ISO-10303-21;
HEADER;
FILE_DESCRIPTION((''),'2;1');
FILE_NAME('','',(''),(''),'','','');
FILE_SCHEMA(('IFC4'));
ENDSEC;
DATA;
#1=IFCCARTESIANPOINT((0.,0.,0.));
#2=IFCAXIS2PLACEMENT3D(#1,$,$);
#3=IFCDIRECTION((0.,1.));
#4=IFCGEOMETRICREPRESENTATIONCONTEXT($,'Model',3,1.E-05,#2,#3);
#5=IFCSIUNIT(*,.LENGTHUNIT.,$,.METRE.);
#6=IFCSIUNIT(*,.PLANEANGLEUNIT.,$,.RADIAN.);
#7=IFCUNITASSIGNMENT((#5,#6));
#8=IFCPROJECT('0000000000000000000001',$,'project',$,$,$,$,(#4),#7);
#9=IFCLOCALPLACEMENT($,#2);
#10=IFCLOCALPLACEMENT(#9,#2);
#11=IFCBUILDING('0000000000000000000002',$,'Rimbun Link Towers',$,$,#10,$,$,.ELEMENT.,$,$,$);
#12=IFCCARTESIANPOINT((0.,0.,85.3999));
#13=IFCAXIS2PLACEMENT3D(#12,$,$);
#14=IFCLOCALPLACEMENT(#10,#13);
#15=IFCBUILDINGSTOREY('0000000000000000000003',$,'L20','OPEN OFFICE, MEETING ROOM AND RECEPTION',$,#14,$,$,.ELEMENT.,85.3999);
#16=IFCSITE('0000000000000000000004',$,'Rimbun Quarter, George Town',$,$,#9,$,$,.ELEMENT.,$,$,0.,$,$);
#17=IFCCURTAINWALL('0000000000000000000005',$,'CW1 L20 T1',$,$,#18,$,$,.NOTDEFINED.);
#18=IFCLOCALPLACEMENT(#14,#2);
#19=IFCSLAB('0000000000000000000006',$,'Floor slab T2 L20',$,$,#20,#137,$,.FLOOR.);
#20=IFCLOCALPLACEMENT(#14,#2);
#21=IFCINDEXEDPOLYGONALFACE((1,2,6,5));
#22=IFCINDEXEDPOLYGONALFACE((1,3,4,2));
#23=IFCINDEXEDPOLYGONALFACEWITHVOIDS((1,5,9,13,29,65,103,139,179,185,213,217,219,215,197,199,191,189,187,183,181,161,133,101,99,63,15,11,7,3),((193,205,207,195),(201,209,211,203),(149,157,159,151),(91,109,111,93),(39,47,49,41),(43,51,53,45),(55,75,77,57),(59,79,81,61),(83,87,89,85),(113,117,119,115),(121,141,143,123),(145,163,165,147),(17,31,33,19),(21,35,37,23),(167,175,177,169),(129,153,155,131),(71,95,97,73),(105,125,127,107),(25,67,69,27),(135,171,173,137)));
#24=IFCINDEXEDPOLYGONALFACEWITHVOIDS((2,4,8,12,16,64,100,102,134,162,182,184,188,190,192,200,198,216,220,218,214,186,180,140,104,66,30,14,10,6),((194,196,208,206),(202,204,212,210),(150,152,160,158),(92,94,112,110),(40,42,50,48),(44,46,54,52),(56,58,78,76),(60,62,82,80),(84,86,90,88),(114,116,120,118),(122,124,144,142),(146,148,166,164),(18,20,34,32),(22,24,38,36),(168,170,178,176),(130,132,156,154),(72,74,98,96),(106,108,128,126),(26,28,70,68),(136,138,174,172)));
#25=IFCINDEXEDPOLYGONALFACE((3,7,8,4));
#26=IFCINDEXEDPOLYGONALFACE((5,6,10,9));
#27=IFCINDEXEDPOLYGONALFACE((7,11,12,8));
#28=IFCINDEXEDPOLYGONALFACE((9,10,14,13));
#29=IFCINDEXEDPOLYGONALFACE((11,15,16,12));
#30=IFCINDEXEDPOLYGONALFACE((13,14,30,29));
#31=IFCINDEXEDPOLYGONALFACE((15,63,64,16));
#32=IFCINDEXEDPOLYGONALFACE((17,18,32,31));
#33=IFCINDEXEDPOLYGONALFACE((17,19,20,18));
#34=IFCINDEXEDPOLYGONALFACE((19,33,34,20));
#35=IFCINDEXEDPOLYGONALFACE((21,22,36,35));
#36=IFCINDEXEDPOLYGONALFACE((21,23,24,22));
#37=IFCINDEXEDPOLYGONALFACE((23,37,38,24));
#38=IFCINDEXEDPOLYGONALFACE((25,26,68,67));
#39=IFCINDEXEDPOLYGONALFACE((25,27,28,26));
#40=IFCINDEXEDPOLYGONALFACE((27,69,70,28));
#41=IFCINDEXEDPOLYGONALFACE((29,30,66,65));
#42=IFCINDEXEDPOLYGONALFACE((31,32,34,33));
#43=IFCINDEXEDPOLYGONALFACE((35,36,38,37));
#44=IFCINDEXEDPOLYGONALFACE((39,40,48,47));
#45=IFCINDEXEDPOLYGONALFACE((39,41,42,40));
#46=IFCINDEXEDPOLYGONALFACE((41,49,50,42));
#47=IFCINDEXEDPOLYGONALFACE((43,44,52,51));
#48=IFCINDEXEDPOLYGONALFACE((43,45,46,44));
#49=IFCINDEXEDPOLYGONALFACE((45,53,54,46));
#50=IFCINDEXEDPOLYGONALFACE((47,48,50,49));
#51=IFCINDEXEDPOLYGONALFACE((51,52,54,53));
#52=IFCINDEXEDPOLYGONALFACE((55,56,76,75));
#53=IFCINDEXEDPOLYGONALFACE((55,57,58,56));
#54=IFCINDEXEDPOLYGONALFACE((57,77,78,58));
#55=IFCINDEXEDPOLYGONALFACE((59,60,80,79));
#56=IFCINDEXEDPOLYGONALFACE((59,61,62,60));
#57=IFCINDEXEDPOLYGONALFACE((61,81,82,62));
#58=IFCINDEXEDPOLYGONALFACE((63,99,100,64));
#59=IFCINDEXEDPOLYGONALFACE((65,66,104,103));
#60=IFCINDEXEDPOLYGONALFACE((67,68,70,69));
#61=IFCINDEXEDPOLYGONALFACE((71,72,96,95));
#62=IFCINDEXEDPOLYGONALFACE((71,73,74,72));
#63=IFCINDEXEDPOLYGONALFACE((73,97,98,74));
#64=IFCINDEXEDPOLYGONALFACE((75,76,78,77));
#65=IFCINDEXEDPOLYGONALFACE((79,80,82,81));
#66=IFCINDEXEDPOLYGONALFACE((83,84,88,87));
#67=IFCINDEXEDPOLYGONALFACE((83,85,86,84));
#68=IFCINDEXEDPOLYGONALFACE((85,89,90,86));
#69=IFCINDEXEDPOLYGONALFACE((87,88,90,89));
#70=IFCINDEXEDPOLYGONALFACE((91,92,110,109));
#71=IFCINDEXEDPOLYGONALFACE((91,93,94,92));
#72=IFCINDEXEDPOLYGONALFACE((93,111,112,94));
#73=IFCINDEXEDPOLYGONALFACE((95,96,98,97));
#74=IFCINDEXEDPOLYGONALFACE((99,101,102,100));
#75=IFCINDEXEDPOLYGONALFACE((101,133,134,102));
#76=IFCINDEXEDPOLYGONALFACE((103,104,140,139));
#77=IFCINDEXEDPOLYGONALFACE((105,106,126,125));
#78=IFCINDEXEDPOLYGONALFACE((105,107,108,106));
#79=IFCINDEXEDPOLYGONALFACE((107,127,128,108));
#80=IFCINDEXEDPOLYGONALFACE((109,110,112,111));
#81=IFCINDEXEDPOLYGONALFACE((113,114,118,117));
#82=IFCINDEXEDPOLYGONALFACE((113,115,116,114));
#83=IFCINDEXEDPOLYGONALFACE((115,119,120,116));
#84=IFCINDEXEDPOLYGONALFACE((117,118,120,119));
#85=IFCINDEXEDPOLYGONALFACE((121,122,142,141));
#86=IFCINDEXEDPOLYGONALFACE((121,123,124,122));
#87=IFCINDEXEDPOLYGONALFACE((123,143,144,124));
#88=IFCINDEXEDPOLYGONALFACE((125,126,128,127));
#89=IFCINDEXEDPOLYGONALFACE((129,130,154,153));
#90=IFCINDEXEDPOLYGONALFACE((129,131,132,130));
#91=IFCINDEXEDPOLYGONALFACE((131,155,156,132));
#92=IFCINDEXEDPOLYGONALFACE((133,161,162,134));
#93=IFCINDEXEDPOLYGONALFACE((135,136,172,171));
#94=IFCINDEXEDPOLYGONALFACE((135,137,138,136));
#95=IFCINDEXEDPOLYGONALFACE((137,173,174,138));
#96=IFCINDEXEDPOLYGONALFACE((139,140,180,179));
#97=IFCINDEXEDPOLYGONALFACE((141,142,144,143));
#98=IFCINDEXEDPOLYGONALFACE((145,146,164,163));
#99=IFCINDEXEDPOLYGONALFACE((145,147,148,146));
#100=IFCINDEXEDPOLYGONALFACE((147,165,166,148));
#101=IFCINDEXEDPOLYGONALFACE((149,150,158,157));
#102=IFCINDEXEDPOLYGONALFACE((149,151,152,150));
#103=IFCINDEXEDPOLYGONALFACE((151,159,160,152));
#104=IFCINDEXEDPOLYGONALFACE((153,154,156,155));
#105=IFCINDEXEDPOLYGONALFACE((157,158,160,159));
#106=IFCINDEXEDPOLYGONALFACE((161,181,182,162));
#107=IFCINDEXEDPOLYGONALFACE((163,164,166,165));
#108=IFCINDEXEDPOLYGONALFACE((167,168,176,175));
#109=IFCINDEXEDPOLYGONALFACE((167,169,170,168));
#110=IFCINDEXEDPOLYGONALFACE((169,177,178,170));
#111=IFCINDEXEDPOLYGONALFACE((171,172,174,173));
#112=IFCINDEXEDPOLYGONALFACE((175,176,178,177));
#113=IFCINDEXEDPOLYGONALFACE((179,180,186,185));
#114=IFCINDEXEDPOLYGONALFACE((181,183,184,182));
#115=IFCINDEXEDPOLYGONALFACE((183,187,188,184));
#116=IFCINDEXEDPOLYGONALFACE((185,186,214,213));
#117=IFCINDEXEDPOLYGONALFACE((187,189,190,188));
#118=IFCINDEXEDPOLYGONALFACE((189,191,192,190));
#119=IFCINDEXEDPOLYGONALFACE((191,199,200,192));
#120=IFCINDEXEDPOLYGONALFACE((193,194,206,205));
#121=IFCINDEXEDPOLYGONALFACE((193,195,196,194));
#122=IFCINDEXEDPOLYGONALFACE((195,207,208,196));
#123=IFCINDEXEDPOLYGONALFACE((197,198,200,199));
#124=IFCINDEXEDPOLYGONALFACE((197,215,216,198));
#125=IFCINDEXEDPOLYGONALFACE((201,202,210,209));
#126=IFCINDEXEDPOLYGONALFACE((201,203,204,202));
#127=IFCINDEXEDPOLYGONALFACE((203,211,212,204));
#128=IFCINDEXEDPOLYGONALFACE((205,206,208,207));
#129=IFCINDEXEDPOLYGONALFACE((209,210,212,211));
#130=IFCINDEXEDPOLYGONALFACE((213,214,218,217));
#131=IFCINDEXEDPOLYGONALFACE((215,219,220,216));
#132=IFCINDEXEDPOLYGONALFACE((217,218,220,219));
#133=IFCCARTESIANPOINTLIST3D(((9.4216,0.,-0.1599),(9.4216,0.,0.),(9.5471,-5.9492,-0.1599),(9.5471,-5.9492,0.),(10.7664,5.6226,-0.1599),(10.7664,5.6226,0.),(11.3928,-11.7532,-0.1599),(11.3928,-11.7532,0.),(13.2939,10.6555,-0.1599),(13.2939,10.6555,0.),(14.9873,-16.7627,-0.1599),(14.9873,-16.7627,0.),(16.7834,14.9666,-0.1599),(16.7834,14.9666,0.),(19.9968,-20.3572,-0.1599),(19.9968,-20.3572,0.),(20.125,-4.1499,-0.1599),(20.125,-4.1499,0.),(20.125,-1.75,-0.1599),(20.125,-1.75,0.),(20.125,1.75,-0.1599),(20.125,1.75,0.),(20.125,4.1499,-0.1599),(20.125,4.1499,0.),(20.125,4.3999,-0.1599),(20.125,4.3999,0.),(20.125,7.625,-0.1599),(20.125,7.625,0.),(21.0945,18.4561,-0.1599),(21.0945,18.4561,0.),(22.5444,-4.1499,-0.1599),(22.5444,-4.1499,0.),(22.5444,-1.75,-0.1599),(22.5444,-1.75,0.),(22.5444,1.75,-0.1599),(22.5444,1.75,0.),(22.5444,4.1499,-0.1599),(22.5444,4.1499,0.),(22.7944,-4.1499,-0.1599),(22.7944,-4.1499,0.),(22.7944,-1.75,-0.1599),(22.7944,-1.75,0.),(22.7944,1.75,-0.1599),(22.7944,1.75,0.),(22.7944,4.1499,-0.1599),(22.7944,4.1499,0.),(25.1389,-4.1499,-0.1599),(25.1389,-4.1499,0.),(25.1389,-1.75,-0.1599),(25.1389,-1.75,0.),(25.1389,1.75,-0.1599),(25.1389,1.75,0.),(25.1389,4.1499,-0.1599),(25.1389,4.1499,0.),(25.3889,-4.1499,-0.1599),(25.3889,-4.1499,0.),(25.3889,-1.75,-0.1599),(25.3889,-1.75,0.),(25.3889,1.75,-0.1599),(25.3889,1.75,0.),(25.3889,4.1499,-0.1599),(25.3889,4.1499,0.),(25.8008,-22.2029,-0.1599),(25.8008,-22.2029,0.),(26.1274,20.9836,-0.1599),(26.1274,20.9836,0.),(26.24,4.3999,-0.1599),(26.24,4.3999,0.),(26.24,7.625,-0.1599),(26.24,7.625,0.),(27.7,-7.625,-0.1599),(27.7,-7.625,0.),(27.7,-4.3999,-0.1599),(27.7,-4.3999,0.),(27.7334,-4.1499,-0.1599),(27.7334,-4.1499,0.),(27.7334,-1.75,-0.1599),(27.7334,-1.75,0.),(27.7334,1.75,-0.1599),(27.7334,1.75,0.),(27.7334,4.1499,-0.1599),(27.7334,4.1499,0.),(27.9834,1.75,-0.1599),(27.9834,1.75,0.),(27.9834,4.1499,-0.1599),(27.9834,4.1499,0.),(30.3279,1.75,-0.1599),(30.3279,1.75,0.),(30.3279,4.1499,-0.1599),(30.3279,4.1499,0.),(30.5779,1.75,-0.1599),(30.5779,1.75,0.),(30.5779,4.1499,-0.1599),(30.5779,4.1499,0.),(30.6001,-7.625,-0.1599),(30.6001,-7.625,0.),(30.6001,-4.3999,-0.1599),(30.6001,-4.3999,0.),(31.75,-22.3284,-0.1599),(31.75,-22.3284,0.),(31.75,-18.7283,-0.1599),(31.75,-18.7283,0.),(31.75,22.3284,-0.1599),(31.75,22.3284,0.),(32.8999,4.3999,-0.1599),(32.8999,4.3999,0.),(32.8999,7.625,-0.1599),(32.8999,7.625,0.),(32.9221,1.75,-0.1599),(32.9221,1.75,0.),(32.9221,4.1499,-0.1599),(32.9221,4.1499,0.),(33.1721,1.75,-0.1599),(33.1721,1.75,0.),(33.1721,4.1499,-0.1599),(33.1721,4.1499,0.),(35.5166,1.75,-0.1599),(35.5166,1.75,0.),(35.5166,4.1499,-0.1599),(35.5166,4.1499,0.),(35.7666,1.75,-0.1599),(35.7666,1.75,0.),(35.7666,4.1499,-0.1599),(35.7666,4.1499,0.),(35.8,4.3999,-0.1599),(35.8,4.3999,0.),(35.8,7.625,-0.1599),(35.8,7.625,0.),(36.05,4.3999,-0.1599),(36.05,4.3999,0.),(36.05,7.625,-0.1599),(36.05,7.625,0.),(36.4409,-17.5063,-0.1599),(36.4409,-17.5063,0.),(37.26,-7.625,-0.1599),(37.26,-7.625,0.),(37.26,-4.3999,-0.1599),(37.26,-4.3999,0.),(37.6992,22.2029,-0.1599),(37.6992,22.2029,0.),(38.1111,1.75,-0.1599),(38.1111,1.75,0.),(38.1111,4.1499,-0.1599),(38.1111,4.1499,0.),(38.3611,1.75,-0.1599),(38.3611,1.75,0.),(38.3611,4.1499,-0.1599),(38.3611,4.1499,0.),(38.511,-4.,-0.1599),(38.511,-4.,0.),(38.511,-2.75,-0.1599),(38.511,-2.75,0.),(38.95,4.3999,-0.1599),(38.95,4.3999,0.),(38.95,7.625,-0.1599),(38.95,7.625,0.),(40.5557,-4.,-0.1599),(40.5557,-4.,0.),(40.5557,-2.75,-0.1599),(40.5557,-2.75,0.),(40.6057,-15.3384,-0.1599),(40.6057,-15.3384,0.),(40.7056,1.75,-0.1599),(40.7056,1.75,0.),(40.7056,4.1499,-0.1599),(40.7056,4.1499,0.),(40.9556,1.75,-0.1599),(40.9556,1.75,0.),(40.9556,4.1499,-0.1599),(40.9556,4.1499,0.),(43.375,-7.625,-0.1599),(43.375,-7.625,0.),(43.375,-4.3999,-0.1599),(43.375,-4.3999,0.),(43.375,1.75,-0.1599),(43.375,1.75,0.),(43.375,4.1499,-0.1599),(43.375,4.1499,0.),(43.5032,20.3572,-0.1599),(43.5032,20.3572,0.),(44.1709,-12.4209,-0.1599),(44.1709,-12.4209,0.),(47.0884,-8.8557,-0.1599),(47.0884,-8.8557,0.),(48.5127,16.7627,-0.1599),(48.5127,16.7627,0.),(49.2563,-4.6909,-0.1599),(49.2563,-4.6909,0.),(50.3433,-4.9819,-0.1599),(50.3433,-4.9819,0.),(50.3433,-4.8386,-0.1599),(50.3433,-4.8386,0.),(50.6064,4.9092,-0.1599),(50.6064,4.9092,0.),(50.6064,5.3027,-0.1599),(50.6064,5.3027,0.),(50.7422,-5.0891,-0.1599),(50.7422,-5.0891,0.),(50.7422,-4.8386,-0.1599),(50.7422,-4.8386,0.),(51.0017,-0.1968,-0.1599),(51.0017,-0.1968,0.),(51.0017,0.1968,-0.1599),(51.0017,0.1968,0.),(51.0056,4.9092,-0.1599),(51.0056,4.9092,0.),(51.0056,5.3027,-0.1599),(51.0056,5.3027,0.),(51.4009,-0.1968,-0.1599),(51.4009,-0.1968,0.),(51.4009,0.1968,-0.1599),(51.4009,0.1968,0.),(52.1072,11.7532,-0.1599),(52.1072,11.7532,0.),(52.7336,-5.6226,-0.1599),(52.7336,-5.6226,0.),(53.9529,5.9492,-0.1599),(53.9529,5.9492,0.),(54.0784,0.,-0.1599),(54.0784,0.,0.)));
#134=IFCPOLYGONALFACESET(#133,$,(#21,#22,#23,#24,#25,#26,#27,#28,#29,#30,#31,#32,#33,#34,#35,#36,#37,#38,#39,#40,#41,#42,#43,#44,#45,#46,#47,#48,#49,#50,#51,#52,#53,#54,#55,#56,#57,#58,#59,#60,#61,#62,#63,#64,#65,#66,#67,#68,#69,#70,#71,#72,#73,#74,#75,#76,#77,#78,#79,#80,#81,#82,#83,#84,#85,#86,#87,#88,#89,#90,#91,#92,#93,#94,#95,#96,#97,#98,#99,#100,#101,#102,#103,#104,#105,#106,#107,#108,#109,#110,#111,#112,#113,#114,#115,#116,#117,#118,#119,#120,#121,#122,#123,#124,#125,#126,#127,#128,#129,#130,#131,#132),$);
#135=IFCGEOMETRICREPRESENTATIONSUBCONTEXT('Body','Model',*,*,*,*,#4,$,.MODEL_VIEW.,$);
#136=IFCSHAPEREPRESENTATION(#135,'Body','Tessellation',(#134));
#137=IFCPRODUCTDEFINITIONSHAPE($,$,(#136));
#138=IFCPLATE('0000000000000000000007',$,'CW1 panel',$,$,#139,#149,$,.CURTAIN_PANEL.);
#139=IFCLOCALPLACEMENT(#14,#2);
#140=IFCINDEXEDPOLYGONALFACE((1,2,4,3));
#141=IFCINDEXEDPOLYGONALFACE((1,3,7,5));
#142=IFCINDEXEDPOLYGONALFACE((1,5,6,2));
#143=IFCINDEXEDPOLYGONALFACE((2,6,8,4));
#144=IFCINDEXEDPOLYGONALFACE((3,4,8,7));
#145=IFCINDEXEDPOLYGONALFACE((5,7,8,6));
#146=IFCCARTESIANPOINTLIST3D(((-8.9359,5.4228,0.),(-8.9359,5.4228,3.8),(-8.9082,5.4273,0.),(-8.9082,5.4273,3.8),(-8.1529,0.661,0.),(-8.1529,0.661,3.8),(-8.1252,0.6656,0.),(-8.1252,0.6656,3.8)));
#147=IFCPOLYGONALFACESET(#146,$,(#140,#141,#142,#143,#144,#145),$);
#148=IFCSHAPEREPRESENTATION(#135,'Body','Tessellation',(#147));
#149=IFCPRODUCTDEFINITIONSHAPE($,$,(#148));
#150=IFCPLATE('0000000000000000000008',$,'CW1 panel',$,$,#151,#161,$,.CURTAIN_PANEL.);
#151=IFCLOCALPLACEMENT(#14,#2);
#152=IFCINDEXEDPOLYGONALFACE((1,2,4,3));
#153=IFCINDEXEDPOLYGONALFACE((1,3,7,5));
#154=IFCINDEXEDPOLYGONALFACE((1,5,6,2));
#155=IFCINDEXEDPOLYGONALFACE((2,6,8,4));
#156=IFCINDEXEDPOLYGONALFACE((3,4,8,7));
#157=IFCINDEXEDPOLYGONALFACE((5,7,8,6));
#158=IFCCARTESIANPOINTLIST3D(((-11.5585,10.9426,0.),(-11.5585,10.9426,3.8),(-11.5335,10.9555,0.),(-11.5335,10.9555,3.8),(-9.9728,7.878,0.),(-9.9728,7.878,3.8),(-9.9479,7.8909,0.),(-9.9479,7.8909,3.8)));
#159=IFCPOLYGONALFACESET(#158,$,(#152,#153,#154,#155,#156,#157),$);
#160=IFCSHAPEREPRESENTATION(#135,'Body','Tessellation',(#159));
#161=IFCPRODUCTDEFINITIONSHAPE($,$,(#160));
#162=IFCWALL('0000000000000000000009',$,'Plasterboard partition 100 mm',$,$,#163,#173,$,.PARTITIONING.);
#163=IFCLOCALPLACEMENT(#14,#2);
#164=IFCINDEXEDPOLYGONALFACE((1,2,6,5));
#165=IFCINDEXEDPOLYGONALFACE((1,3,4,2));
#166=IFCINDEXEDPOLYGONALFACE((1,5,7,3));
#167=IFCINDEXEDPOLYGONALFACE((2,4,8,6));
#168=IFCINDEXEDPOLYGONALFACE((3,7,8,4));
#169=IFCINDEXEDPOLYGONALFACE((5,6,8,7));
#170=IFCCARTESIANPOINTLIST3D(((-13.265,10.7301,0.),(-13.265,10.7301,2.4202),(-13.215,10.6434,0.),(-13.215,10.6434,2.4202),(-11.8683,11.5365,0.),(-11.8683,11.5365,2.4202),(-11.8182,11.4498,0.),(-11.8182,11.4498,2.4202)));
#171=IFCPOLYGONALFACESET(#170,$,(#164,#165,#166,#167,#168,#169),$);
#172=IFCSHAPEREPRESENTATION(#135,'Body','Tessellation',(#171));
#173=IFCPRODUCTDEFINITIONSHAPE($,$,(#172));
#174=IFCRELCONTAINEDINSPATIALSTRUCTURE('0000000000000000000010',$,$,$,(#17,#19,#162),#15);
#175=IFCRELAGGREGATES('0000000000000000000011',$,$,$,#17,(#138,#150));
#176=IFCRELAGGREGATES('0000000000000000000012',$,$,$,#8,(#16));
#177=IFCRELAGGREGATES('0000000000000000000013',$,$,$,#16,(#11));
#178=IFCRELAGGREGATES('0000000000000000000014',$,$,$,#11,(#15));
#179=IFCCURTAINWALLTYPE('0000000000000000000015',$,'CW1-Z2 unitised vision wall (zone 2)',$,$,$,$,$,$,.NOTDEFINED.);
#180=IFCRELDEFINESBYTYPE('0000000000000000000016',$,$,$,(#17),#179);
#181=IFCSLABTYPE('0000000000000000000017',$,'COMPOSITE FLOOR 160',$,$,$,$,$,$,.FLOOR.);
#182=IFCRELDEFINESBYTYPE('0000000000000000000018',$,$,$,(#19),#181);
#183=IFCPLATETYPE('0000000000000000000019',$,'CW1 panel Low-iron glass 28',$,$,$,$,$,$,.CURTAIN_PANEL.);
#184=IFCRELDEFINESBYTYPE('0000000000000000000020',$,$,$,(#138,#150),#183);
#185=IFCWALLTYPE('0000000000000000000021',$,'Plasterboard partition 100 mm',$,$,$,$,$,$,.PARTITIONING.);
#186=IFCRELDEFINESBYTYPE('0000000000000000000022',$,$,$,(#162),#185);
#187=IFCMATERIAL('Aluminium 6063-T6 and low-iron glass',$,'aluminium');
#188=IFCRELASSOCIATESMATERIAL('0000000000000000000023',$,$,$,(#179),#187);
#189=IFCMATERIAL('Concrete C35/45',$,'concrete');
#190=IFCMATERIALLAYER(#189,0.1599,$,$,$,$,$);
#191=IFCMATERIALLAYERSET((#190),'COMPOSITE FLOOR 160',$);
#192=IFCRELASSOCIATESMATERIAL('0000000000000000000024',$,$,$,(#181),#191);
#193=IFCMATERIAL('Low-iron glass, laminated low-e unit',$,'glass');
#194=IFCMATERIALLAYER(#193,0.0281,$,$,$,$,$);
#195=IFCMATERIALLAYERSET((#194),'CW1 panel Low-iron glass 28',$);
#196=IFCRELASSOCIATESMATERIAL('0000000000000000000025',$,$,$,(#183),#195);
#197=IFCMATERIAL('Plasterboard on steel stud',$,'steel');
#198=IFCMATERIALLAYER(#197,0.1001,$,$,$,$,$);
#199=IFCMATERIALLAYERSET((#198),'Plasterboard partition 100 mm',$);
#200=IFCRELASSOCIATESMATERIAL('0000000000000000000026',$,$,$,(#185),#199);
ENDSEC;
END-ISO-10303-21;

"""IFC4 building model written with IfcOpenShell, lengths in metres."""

from ifc_helpers import new_model, si_unit, direction, frame, frame_2d, origin, origin_2d, place, context, subcontext, project, spatial, polyline, rectangle, outline, extrude, material, layer, layer_set, type_object, element, aggregate, save


model = new_model("IFC4")

# Units and contexts
model_context = context("Model", 3, precision=1e-05, world=origin(), true_north=direction((0.0, 1.0)))
body_context = subcontext(model_context, "Body", "Model", "MODEL_VIEW")
ifc_project = project(units=[si_unit("LENGTHUNIT", "METRE"), si_unit("PLANEANGLEUNIT", "RADIAN")], contexts=[model_context])

# Site, building, storey
site_placement = place(None, origin())
site = spatial("IfcSite", under=ifc_project, at=site_placement, Name="Rimbun Quarter, George Town", CompositionType="ELEMENT", RefElevation=0.0)
building_placement = place(site_placement, origin())
building = spatial("IfcBuilding", under=site, at=building_placement, Name="Rimbun Link Towers", CompositionType="ELEMENT")
storey_placement = place(building_placement, frame((0.0, 0.0, 85.3999)))
storey = spatial("IfcBuildingStorey", under=building, at=storey_placement, Name="L20", Description="OPEN OFFICE, MEETING ROOM AND RECEPTION", CompositionType="ELEMENT", Elevation=85.3999)

# Curtain wall
ifc_material_1 = material(Name="Aluminium 6063-T6 and low-iron glass", Category="aluminium")
curtain_wall_type = type_object("IfcCurtainWallType", Name="CW1-Z2 unitised vision wall (zone 2)", PredefinedType="NOTDEFINED", material=ifc_material_1)
curtain_wall_placement = place(storey_placement, origin())
curtain_wall = element("IfcCurtainWall", 1, at=curtain_wall_placement, inside=storey, type_object=curtain_wall_type, Name="CW1 L20 T1", PredefinedType="NOTDEFINED")

# Slab
ifc_material_2 = material(Name="Concrete C35/45", Category="concrete")
ifc_layer_1 = layer(ifc_material_2, 0.1599)
ifc_layer_set_1 = layer_set([ifc_layer_1], Name="COMPOSITE FLOOR 160")
slab_type = type_object("IfcSlabType", Name="COMPOSITE FLOOR 160", PredefinedType="FLOOR", material=ifc_layer_set_1)
slab_placement = place(storey_placement, frame((0.0, 0.0, -0.1599)))
element("IfcSlab", 2, at=slab_placement, inside=storey, type_object=slab_type, Name="Floor slab T2 L20", PredefinedType="FLOOR", context=body_context, shape_type="SweptSolid", body=[
    extrude(outline(polyline([(49.2563, -4.6909), (47.0884, -8.8557), (44.1709, -12.4209), (40.6057, -15.3384), (36.4409, -17.5063), (31.75, -18.7283), (31.75, -22.3284), (25.8008, -22.2029), (19.9968, -20.3572), (14.9873, -16.7627), (11.3928, -11.7532), (9.5471, -5.9492), (9.4216, 0.0), (10.7664, 5.6226), (13.2939, 10.6555), (16.7834, 14.9666), (21.0945, 18.4561), (26.1274, 20.9836), (31.75, 22.3284), (37.6992, 22.2029), (43.5032, 20.3572), (48.5127, 16.7627), (52.1072, 11.7532), (53.9529, 5.9492), (54.0784, 0.0), (52.7336, -5.6226), (50.7422, -5.0891), (50.7422, -4.8386), (50.3433, -4.8386), (50.3433, -4.9819), (49.2563, -4.6909)]), holes=[polyline([(30.6001, -7.625), (30.6001, -4.3999), (27.7, -4.3999), (27.7, -7.625), (30.6001, -7.625)]), polyline([(22.5444, -4.1499), (22.5444, -1.75), (20.125, -1.75), (20.125, -4.1499), (22.5444, -4.1499)]), polyline([(25.1389, -4.1499), (25.1389, -1.75), (22.7944, -1.75), (22.7944, -4.1499), (25.1389, -4.1499)]), polyline([(25.3889, -4.1499), (27.7334, -4.1499), (27.7334, -1.75), (25.3889, -1.75), (25.3889, -4.1499)]), polyline([(20.125, 1.75), (22.5444, 1.75), (22.5444, 4.1499), (20.125, 4.1499), (20.125, 1.75)]), polyline([(25.1389, 1.75), (25.1389, 4.1499), (22.7944, 4.1499), (22.7944, 1.75), (25.1389, 1.75)]), polyline([(27.7334, 1.75), (27.7334, 4.1499), (25.3889, 4.1499), (25.3889, 1.75), (27.7334, 1.75)]), polyline([(30.3279, 1.75), (30.3279, 4.1499), (27.9834, 4.1499), (27.9834, 1.75), (30.3279, 1.75)]), polyline([(30.5779, 1.75), (32.9221, 1.75), (32.9221, 4.1499), (30.5779, 4.1499), (30.5779, 1.75)]), polyline([(33.1721, 1.75), (35.5166, 1.75), (35.5166, 4.1499), (33.1721, 4.1499), (33.1721, 1.75)]), polyline([(26.24, 4.3999), (26.24, 7.625), (20.125, 7.625), (20.125, 4.3999), (26.24, 4.3999)]), polyline([(43.375, -7.625), (43.375, -4.3999), (37.26, -4.3999), (37.26, -7.625), (43.375, -7.625)]), polyline([(38.511, -2.75), (38.511, -4.0), (40.5557, -4.0), (40.5557, -2.75), (38.511, -2.75)]), polyline([(51.0017, -0.1968), (51.4009, -0.1968), (51.4009, 0.1968), (51.0017, 0.1968), (51.0017, -0.1968)]), polyline([(38.1111, 1.75), (38.1111, 4.1499), (35.7666, 4.1499), (35.7666, 1.75), (38.1111, 1.75)]), polyline([(38.3611, 1.75), (40.7056, 1.75), (40.7056, 4.1499), (38.3611, 4.1499), (38.3611, 1.75)]), polyline([(40.9556, 1.75), (43.375, 1.75), (43.375, 4.1499), (40.9556, 4.1499), (40.9556, 1.75)]), polyline([(51.0056, 4.9092), (51.0056, 5.3027), (50.6064, 5.3027), (50.6064, 4.9092), (51.0056, 4.9092)]), polyline([(32.8999, 4.3999), (35.8, 4.3999), (35.8, 7.625), (32.8999, 7.625), (32.8999, 4.3999)]), polyline([(36.05, 4.3999), (38.95, 4.3999), (38.95, 7.625), (36.05, 7.625), (36.05, 4.3999)])]), origin(), (0.0, 0.0, 1.0), 0.1599),
])

# Plates
ifc_material_3 = material(Name="Low-iron glass, laminated low-e unit", Category="glass")
ifc_layer_2 = layer(ifc_material_3, 0.0281)
ifc_layer_set_2 = layer_set([ifc_layer_2], Name="CW1 panel Low-iron glass 28")
plate_type = type_object("IfcPlateType", Name="CW1 panel Low-iron glass 28", PredefinedType="CURTAIN_PANEL", material=ifc_layer_set_2)
plate_1_placement = place(storey_placement, frame((-8.5305, 3.0442, 0.0), z_axis=(0.0, 0.0, 1.0), x_axis=(0.162255, -0.986749, 0.0)))
plate_1 = element("IfcPlate", 3, at=plate_1_placement, type_object=plate_type, Name="CW1 panel", PredefinedType="CURTAIN_PANEL", context=body_context, shape_type="SweptSolid", body=[
    extrude(rectangle(XDim=4.8257, YDim=0.0281, at=origin_2d()), origin(), (0.0, 0.0, 1.0), 3.8),
])
plate_2_placement = place(storey_placement, frame((-10.7532, 9.4167, 0.0), z_axis=(0.0, 0.0, 1.0), x_axis=(0.459544, -0.888155, 0.0)))
plate_2 = element("IfcPlate", 4, at=plate_2_placement, type_object=plate_type, Name="CW1 panel", PredefinedType="CURTAIN_PANEL", context=body_context, shape_type="SweptSolid", body=[
    extrude(rectangle(XDim=3.4504, YDim=0.0281, at=origin_2d()), origin(), (0.0, 0.0, 1.0), 3.8),
])
aggregate(curtain_wall, [plate_1, plate_2])

# Wall
ifc_material_4 = material(Name="Plasterboard on steel stud", Category="steel")
ifc_layer_3 = layer(ifc_material_4, 0.1001)
ifc_layer_set_3 = layer_set([ifc_layer_3], Name="Plasterboard partition 100 mm")
wall_type = type_object("IfcWallType", Name="Plasterboard partition 100 mm", PredefinedType="PARTITIONING", material=ifc_layer_set_3)
wall_placement = place(storey_placement, frame((-11.8433, 11.4932, 0.0), z_axis=(0.0, 0.0, 1.0), x_axis=(-0.866027, -0.499998, 0.0)))
element("IfcWall", 5, at=wall_placement, inside=storey, type_object=wall_type, Name="Plasterboard partition 100 mm", PredefinedType="PARTITIONING", context=body_context, shape_type="SweptSolid", body=[
    extrude(rectangle(XDim=1.6128, YDim=0.1001, at=frame_2d((0.8064, 0.0))), origin(), (0.0, 0.0, 1.0), 2.4202),
])

save(model, "model.ifc")
